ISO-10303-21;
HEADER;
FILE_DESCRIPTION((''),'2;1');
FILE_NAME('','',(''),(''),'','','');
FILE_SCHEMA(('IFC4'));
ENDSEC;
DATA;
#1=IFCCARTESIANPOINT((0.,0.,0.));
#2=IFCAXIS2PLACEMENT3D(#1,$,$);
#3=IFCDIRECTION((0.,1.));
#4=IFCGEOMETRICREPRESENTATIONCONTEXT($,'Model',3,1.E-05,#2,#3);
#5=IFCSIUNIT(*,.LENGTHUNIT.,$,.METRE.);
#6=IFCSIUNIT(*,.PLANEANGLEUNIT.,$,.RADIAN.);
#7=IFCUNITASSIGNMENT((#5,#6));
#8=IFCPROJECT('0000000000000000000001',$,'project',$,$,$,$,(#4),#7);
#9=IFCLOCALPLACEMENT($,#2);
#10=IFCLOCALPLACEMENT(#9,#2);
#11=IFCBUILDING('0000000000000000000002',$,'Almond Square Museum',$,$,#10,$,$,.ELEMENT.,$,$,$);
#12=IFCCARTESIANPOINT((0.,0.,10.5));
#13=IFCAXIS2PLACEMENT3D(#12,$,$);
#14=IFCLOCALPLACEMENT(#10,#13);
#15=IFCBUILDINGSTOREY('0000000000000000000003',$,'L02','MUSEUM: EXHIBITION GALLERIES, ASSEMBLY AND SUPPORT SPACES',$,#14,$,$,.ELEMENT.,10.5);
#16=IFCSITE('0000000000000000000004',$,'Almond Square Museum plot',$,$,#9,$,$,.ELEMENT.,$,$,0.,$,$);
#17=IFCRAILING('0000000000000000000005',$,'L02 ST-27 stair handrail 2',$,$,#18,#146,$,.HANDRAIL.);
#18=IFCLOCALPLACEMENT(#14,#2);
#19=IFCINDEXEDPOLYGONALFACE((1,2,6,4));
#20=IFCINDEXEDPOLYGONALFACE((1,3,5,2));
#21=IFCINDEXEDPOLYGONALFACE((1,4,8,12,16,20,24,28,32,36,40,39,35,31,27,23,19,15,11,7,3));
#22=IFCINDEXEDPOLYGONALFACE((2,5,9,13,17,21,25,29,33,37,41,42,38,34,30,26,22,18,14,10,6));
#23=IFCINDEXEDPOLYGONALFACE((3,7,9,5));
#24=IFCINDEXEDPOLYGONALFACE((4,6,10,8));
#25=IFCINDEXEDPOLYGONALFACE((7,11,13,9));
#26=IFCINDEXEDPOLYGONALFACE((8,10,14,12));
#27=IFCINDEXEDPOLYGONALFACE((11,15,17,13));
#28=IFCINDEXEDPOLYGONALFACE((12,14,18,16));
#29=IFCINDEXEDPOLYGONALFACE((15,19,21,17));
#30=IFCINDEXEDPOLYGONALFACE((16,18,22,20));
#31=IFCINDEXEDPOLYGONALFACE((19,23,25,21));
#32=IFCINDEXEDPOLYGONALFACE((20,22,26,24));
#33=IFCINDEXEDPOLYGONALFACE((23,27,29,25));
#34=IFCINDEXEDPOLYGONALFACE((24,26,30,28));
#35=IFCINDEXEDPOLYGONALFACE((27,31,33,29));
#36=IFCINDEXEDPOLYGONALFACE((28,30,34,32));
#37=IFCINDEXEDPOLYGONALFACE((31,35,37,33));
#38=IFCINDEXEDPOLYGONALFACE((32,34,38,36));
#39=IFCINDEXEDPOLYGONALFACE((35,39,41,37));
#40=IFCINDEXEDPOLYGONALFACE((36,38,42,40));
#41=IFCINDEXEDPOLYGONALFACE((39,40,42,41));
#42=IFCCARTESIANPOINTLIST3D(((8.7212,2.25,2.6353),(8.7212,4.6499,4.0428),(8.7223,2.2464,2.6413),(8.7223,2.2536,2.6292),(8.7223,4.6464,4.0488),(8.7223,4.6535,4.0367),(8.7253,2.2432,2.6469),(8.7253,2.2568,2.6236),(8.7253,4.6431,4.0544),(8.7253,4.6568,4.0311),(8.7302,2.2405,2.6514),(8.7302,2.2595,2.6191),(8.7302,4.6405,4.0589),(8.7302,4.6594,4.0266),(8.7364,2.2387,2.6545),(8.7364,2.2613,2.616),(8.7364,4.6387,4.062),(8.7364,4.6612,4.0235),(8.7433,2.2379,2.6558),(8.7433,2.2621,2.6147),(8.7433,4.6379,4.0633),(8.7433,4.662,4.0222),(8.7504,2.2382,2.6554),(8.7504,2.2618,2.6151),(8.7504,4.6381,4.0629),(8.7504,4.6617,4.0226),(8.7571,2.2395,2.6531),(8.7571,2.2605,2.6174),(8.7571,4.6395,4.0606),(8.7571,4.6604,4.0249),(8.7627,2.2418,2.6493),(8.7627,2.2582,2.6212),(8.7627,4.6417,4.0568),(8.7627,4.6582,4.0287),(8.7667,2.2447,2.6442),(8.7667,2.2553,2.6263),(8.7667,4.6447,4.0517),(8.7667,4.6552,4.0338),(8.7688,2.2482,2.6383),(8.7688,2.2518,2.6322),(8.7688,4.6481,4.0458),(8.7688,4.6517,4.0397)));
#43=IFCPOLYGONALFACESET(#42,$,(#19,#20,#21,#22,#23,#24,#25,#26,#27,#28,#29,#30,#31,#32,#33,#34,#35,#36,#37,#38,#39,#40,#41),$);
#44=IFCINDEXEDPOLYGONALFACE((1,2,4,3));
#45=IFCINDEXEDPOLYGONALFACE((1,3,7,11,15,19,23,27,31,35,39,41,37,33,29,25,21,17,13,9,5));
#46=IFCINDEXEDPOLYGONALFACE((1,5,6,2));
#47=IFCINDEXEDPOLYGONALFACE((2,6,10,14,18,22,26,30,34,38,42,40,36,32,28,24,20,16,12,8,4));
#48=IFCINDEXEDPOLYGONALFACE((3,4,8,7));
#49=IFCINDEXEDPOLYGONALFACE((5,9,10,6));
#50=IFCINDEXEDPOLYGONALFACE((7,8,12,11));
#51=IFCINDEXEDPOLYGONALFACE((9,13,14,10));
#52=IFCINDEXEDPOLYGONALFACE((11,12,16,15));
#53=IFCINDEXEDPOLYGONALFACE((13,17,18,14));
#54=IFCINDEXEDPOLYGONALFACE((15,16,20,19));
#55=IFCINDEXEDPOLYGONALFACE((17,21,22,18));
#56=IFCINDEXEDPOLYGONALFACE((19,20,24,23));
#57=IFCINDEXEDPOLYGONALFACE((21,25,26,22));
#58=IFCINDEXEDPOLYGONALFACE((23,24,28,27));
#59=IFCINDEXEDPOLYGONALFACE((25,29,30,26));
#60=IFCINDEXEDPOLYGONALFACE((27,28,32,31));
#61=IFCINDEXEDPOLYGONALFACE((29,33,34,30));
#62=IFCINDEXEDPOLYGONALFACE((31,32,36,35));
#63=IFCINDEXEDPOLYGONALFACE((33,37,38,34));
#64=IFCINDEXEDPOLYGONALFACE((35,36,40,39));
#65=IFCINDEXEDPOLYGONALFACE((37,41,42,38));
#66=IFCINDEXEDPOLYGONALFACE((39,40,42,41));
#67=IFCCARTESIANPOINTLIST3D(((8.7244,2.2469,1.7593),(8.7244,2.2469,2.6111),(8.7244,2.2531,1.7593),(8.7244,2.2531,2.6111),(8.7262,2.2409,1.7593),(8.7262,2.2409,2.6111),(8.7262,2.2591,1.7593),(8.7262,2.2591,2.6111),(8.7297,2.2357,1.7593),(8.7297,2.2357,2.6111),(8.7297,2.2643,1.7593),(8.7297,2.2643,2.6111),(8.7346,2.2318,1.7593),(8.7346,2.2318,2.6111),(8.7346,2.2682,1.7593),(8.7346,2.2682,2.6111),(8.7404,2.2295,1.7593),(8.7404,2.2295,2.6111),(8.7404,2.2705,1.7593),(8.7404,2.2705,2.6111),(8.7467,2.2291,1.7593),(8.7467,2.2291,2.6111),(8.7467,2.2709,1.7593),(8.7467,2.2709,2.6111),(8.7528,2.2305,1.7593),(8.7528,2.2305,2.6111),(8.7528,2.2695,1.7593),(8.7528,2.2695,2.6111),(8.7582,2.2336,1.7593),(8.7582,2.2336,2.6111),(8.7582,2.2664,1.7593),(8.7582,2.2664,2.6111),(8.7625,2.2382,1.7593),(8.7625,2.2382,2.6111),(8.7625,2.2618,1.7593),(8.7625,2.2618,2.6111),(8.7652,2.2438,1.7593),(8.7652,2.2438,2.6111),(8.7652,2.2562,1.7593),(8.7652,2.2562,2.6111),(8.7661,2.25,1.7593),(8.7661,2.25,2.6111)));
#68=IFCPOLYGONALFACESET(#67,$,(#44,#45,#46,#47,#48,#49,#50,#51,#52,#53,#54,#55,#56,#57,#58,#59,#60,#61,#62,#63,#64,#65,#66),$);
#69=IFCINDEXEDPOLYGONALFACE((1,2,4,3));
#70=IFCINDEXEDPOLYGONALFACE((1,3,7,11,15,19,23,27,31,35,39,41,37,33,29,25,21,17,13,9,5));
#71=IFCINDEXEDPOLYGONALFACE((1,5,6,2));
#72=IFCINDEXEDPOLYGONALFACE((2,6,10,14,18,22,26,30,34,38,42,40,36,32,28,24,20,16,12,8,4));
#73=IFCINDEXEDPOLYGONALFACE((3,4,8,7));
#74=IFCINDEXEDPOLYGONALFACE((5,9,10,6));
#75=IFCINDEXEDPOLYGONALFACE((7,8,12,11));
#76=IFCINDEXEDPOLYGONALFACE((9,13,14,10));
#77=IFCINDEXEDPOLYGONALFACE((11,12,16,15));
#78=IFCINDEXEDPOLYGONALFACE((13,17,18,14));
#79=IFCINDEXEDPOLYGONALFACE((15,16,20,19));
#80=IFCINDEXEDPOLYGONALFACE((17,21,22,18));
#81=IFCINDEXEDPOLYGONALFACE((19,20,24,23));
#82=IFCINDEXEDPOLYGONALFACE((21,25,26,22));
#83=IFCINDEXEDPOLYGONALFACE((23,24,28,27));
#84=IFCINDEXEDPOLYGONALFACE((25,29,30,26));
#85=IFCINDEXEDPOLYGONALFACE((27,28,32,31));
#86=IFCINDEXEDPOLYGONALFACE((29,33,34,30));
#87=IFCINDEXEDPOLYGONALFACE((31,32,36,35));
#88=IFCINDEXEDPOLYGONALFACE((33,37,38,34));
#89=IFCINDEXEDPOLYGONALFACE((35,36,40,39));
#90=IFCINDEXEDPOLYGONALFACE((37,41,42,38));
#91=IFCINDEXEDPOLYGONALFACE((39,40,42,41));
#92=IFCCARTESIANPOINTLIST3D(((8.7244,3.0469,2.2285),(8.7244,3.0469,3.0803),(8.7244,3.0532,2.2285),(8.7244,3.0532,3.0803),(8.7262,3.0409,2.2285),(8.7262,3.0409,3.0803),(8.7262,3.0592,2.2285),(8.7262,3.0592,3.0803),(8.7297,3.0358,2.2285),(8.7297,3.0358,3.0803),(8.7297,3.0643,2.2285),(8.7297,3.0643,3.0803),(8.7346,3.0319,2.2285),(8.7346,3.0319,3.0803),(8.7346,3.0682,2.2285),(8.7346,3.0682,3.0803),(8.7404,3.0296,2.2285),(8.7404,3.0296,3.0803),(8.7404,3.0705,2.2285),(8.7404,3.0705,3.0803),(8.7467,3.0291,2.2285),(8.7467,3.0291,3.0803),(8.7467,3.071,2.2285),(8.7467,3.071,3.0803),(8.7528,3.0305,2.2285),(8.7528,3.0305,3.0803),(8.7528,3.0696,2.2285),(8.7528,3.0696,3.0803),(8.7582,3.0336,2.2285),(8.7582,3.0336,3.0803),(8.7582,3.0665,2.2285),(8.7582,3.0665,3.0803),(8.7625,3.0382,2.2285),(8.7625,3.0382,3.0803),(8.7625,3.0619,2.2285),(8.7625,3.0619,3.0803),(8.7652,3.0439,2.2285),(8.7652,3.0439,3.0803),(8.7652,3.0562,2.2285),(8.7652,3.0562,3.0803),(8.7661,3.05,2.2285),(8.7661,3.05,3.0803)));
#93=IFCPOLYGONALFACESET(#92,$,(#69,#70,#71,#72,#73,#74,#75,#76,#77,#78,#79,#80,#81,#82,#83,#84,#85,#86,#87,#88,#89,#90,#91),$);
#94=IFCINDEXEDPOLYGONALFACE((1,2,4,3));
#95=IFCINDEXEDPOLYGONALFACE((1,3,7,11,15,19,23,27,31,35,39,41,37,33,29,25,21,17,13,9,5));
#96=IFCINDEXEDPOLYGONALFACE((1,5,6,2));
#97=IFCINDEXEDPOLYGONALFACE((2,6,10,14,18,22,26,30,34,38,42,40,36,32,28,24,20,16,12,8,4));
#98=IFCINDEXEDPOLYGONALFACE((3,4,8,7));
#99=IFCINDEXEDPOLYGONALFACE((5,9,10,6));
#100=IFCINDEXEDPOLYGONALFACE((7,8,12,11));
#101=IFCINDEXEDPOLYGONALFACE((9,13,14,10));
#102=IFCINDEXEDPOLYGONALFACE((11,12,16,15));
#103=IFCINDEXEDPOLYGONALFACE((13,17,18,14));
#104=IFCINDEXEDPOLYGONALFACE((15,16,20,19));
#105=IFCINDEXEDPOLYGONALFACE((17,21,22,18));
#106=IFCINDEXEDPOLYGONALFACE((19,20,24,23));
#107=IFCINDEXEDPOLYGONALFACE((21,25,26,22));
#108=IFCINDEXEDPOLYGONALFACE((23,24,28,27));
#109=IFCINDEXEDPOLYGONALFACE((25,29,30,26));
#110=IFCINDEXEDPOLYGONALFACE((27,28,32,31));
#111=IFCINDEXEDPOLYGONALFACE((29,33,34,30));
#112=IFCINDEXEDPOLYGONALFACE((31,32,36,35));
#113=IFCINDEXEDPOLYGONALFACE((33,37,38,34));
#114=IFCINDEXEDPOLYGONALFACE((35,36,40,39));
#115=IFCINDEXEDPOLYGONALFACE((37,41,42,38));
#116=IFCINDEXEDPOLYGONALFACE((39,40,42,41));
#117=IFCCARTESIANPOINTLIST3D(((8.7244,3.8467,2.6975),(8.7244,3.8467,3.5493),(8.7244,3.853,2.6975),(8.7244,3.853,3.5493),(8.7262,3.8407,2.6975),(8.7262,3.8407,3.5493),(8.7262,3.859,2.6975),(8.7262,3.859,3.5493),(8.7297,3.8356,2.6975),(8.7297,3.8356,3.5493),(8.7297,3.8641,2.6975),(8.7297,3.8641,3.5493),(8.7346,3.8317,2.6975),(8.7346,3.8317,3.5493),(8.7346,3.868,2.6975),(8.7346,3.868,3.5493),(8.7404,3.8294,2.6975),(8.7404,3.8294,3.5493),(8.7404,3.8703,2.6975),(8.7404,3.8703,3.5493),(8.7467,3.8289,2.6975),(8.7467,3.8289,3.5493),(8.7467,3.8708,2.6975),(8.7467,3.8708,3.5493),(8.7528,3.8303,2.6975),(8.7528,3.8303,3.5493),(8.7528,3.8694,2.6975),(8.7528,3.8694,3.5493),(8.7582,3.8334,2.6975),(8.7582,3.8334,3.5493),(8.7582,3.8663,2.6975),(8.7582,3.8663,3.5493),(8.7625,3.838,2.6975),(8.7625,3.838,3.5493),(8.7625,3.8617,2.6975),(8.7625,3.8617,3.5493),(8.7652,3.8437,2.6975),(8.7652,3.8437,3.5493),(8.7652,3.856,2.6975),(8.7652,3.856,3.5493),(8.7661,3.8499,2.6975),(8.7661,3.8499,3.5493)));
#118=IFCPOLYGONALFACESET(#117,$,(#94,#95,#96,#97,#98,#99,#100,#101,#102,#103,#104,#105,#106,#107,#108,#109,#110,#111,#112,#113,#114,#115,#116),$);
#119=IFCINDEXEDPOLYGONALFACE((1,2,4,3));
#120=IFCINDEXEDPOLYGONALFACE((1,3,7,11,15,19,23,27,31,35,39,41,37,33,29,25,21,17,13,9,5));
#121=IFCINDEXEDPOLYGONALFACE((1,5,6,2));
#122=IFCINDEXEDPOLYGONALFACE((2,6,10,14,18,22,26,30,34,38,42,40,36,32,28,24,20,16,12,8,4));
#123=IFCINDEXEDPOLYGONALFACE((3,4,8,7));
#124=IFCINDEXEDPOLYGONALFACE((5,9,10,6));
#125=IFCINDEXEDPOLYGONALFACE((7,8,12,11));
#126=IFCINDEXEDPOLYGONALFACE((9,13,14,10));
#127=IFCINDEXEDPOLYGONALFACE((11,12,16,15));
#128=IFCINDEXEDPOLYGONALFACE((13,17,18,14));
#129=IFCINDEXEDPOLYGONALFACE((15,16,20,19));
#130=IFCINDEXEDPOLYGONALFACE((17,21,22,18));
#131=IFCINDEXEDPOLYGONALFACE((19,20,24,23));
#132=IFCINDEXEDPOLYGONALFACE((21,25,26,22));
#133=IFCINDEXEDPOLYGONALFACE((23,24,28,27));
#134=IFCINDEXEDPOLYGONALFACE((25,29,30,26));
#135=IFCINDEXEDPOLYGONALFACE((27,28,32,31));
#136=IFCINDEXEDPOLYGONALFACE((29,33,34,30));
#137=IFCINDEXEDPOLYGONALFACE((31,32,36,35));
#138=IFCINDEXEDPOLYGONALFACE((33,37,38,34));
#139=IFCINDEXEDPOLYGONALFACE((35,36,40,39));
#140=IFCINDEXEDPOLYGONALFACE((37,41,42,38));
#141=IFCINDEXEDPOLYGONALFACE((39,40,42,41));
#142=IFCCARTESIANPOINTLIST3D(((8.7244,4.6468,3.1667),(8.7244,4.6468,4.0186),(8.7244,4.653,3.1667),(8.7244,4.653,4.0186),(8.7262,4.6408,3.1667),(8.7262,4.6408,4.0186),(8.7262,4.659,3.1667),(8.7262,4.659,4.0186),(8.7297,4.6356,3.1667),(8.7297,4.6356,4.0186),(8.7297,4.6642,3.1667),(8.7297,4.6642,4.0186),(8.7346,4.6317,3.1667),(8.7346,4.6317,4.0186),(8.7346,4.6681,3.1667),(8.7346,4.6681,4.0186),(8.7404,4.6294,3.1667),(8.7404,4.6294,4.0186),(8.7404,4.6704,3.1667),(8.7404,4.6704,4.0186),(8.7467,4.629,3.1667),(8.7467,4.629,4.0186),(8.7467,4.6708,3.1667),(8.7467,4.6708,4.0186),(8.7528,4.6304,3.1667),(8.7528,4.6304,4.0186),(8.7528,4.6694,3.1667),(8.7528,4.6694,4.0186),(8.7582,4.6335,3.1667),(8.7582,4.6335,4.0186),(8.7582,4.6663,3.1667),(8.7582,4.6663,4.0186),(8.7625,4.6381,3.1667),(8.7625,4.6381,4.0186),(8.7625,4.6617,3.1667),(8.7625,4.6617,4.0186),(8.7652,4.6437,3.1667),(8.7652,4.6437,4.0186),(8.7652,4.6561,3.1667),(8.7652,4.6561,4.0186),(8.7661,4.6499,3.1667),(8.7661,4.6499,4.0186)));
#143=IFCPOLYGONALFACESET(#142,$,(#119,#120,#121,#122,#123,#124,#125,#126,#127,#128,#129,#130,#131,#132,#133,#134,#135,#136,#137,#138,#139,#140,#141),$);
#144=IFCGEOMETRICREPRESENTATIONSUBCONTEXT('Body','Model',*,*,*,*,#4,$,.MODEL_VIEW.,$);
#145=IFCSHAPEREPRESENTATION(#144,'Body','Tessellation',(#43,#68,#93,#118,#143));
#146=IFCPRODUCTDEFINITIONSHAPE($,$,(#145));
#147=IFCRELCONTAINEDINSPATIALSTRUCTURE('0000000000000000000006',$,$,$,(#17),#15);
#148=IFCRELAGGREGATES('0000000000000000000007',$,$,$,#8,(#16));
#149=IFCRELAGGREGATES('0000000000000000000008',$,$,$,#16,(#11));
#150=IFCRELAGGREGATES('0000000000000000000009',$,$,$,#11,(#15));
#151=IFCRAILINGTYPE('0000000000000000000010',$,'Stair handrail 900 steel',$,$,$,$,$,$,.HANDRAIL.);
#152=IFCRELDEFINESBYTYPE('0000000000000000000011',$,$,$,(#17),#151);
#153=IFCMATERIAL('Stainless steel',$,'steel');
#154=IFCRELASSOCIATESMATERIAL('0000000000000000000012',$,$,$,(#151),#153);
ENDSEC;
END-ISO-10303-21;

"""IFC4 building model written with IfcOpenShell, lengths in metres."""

from ifc_helpers import new_model, si_unit, direction, frame, origin, origin_2d, place, context, subcontext, project, spatial, circle, extrude, material, type_object, element, save


model = new_model("IFC4")

# Units and contexts
model_context = context("Model", 3, precision=1e-05, world=origin(), true_north=direction((0.0, 1.0)))
body_context = subcontext(model_context, "Body", "Model", "MODEL_VIEW")
ifc_project = project(units=[si_unit("LENGTHUNIT", "METRE"), si_unit("PLANEANGLEUNIT", "RADIAN")], contexts=[model_context])

# Site, building, storey
site_placement = place(None, origin())
site = spatial("IfcSite", under=ifc_project, at=site_placement, Name="Almond Square Museum plot", CompositionType="ELEMENT", RefElevation=0.0)
building_placement = place(site_placement, origin())
building = spatial("IfcBuilding", under=site, at=building_placement, Name="Almond Square Museum", CompositionType="ELEMENT")
storey_placement = place(building_placement, frame((0.0, 0.0, 10.5)))
storey = spatial("IfcBuildingStorey", under=building, at=storey_placement, Name="L02", Description="MUSEUM: EXHIBITION GALLERIES, ASSEMBLY AND SUPPORT SPACES", CompositionType="ELEMENT", Elevation=10.5)

# Railing
ifc_material_1 = material(Name="Stainless steel", Category="steel")
railing_type_1 = type_object("IfcRailingType", Name="Stair handrail 900 steel", PredefinedType="HANDRAIL", material=ifc_material_1)
railing_1_placement = place(storey_placement, frame((8.7451, 2.25, 1.7593)))
element("IfcRailing", 1, at=railing_1_placement, inside=storey, type_object=railing_type_1, Name="L02 ST-27 stair handrail 2", PredefinedType="HANDRAIL", context=body_context, shape_type="SweptSolid", body=[
    extrude(circle(Radius=0.0239, at=origin_2d()), frame((0.0, 0.0, 0.876), z_axis=(0.0, 0.862599, 0.505888), x_axis=(-1.0, 0.0, 0.0)), (0.0, 0.0, 1.0), 2.7822),
    extrude(circle(Radius=0.021, at=origin_2d()), origin(), (0.0, 0.0, 1.0), 0.8518),
    extrude(circle(Radius=0.021, at=origin_2d()), frame((0.0, 0.8, 0.4692)), (0.0, 0.0, 1.0), 0.8518),
    extrude(circle(Radius=0.021, at=origin_2d()), frame((0.0, 1.5999, 0.9382)), (0.0, 0.0, 1.0), 0.8518),
    extrude(circle(Radius=0.021, at=origin_2d()), frame((0.0, 2.3999, 1.4075)), (0.0, 0.0, 1.0), 0.8518),
])

save(model, "model.ifc")
